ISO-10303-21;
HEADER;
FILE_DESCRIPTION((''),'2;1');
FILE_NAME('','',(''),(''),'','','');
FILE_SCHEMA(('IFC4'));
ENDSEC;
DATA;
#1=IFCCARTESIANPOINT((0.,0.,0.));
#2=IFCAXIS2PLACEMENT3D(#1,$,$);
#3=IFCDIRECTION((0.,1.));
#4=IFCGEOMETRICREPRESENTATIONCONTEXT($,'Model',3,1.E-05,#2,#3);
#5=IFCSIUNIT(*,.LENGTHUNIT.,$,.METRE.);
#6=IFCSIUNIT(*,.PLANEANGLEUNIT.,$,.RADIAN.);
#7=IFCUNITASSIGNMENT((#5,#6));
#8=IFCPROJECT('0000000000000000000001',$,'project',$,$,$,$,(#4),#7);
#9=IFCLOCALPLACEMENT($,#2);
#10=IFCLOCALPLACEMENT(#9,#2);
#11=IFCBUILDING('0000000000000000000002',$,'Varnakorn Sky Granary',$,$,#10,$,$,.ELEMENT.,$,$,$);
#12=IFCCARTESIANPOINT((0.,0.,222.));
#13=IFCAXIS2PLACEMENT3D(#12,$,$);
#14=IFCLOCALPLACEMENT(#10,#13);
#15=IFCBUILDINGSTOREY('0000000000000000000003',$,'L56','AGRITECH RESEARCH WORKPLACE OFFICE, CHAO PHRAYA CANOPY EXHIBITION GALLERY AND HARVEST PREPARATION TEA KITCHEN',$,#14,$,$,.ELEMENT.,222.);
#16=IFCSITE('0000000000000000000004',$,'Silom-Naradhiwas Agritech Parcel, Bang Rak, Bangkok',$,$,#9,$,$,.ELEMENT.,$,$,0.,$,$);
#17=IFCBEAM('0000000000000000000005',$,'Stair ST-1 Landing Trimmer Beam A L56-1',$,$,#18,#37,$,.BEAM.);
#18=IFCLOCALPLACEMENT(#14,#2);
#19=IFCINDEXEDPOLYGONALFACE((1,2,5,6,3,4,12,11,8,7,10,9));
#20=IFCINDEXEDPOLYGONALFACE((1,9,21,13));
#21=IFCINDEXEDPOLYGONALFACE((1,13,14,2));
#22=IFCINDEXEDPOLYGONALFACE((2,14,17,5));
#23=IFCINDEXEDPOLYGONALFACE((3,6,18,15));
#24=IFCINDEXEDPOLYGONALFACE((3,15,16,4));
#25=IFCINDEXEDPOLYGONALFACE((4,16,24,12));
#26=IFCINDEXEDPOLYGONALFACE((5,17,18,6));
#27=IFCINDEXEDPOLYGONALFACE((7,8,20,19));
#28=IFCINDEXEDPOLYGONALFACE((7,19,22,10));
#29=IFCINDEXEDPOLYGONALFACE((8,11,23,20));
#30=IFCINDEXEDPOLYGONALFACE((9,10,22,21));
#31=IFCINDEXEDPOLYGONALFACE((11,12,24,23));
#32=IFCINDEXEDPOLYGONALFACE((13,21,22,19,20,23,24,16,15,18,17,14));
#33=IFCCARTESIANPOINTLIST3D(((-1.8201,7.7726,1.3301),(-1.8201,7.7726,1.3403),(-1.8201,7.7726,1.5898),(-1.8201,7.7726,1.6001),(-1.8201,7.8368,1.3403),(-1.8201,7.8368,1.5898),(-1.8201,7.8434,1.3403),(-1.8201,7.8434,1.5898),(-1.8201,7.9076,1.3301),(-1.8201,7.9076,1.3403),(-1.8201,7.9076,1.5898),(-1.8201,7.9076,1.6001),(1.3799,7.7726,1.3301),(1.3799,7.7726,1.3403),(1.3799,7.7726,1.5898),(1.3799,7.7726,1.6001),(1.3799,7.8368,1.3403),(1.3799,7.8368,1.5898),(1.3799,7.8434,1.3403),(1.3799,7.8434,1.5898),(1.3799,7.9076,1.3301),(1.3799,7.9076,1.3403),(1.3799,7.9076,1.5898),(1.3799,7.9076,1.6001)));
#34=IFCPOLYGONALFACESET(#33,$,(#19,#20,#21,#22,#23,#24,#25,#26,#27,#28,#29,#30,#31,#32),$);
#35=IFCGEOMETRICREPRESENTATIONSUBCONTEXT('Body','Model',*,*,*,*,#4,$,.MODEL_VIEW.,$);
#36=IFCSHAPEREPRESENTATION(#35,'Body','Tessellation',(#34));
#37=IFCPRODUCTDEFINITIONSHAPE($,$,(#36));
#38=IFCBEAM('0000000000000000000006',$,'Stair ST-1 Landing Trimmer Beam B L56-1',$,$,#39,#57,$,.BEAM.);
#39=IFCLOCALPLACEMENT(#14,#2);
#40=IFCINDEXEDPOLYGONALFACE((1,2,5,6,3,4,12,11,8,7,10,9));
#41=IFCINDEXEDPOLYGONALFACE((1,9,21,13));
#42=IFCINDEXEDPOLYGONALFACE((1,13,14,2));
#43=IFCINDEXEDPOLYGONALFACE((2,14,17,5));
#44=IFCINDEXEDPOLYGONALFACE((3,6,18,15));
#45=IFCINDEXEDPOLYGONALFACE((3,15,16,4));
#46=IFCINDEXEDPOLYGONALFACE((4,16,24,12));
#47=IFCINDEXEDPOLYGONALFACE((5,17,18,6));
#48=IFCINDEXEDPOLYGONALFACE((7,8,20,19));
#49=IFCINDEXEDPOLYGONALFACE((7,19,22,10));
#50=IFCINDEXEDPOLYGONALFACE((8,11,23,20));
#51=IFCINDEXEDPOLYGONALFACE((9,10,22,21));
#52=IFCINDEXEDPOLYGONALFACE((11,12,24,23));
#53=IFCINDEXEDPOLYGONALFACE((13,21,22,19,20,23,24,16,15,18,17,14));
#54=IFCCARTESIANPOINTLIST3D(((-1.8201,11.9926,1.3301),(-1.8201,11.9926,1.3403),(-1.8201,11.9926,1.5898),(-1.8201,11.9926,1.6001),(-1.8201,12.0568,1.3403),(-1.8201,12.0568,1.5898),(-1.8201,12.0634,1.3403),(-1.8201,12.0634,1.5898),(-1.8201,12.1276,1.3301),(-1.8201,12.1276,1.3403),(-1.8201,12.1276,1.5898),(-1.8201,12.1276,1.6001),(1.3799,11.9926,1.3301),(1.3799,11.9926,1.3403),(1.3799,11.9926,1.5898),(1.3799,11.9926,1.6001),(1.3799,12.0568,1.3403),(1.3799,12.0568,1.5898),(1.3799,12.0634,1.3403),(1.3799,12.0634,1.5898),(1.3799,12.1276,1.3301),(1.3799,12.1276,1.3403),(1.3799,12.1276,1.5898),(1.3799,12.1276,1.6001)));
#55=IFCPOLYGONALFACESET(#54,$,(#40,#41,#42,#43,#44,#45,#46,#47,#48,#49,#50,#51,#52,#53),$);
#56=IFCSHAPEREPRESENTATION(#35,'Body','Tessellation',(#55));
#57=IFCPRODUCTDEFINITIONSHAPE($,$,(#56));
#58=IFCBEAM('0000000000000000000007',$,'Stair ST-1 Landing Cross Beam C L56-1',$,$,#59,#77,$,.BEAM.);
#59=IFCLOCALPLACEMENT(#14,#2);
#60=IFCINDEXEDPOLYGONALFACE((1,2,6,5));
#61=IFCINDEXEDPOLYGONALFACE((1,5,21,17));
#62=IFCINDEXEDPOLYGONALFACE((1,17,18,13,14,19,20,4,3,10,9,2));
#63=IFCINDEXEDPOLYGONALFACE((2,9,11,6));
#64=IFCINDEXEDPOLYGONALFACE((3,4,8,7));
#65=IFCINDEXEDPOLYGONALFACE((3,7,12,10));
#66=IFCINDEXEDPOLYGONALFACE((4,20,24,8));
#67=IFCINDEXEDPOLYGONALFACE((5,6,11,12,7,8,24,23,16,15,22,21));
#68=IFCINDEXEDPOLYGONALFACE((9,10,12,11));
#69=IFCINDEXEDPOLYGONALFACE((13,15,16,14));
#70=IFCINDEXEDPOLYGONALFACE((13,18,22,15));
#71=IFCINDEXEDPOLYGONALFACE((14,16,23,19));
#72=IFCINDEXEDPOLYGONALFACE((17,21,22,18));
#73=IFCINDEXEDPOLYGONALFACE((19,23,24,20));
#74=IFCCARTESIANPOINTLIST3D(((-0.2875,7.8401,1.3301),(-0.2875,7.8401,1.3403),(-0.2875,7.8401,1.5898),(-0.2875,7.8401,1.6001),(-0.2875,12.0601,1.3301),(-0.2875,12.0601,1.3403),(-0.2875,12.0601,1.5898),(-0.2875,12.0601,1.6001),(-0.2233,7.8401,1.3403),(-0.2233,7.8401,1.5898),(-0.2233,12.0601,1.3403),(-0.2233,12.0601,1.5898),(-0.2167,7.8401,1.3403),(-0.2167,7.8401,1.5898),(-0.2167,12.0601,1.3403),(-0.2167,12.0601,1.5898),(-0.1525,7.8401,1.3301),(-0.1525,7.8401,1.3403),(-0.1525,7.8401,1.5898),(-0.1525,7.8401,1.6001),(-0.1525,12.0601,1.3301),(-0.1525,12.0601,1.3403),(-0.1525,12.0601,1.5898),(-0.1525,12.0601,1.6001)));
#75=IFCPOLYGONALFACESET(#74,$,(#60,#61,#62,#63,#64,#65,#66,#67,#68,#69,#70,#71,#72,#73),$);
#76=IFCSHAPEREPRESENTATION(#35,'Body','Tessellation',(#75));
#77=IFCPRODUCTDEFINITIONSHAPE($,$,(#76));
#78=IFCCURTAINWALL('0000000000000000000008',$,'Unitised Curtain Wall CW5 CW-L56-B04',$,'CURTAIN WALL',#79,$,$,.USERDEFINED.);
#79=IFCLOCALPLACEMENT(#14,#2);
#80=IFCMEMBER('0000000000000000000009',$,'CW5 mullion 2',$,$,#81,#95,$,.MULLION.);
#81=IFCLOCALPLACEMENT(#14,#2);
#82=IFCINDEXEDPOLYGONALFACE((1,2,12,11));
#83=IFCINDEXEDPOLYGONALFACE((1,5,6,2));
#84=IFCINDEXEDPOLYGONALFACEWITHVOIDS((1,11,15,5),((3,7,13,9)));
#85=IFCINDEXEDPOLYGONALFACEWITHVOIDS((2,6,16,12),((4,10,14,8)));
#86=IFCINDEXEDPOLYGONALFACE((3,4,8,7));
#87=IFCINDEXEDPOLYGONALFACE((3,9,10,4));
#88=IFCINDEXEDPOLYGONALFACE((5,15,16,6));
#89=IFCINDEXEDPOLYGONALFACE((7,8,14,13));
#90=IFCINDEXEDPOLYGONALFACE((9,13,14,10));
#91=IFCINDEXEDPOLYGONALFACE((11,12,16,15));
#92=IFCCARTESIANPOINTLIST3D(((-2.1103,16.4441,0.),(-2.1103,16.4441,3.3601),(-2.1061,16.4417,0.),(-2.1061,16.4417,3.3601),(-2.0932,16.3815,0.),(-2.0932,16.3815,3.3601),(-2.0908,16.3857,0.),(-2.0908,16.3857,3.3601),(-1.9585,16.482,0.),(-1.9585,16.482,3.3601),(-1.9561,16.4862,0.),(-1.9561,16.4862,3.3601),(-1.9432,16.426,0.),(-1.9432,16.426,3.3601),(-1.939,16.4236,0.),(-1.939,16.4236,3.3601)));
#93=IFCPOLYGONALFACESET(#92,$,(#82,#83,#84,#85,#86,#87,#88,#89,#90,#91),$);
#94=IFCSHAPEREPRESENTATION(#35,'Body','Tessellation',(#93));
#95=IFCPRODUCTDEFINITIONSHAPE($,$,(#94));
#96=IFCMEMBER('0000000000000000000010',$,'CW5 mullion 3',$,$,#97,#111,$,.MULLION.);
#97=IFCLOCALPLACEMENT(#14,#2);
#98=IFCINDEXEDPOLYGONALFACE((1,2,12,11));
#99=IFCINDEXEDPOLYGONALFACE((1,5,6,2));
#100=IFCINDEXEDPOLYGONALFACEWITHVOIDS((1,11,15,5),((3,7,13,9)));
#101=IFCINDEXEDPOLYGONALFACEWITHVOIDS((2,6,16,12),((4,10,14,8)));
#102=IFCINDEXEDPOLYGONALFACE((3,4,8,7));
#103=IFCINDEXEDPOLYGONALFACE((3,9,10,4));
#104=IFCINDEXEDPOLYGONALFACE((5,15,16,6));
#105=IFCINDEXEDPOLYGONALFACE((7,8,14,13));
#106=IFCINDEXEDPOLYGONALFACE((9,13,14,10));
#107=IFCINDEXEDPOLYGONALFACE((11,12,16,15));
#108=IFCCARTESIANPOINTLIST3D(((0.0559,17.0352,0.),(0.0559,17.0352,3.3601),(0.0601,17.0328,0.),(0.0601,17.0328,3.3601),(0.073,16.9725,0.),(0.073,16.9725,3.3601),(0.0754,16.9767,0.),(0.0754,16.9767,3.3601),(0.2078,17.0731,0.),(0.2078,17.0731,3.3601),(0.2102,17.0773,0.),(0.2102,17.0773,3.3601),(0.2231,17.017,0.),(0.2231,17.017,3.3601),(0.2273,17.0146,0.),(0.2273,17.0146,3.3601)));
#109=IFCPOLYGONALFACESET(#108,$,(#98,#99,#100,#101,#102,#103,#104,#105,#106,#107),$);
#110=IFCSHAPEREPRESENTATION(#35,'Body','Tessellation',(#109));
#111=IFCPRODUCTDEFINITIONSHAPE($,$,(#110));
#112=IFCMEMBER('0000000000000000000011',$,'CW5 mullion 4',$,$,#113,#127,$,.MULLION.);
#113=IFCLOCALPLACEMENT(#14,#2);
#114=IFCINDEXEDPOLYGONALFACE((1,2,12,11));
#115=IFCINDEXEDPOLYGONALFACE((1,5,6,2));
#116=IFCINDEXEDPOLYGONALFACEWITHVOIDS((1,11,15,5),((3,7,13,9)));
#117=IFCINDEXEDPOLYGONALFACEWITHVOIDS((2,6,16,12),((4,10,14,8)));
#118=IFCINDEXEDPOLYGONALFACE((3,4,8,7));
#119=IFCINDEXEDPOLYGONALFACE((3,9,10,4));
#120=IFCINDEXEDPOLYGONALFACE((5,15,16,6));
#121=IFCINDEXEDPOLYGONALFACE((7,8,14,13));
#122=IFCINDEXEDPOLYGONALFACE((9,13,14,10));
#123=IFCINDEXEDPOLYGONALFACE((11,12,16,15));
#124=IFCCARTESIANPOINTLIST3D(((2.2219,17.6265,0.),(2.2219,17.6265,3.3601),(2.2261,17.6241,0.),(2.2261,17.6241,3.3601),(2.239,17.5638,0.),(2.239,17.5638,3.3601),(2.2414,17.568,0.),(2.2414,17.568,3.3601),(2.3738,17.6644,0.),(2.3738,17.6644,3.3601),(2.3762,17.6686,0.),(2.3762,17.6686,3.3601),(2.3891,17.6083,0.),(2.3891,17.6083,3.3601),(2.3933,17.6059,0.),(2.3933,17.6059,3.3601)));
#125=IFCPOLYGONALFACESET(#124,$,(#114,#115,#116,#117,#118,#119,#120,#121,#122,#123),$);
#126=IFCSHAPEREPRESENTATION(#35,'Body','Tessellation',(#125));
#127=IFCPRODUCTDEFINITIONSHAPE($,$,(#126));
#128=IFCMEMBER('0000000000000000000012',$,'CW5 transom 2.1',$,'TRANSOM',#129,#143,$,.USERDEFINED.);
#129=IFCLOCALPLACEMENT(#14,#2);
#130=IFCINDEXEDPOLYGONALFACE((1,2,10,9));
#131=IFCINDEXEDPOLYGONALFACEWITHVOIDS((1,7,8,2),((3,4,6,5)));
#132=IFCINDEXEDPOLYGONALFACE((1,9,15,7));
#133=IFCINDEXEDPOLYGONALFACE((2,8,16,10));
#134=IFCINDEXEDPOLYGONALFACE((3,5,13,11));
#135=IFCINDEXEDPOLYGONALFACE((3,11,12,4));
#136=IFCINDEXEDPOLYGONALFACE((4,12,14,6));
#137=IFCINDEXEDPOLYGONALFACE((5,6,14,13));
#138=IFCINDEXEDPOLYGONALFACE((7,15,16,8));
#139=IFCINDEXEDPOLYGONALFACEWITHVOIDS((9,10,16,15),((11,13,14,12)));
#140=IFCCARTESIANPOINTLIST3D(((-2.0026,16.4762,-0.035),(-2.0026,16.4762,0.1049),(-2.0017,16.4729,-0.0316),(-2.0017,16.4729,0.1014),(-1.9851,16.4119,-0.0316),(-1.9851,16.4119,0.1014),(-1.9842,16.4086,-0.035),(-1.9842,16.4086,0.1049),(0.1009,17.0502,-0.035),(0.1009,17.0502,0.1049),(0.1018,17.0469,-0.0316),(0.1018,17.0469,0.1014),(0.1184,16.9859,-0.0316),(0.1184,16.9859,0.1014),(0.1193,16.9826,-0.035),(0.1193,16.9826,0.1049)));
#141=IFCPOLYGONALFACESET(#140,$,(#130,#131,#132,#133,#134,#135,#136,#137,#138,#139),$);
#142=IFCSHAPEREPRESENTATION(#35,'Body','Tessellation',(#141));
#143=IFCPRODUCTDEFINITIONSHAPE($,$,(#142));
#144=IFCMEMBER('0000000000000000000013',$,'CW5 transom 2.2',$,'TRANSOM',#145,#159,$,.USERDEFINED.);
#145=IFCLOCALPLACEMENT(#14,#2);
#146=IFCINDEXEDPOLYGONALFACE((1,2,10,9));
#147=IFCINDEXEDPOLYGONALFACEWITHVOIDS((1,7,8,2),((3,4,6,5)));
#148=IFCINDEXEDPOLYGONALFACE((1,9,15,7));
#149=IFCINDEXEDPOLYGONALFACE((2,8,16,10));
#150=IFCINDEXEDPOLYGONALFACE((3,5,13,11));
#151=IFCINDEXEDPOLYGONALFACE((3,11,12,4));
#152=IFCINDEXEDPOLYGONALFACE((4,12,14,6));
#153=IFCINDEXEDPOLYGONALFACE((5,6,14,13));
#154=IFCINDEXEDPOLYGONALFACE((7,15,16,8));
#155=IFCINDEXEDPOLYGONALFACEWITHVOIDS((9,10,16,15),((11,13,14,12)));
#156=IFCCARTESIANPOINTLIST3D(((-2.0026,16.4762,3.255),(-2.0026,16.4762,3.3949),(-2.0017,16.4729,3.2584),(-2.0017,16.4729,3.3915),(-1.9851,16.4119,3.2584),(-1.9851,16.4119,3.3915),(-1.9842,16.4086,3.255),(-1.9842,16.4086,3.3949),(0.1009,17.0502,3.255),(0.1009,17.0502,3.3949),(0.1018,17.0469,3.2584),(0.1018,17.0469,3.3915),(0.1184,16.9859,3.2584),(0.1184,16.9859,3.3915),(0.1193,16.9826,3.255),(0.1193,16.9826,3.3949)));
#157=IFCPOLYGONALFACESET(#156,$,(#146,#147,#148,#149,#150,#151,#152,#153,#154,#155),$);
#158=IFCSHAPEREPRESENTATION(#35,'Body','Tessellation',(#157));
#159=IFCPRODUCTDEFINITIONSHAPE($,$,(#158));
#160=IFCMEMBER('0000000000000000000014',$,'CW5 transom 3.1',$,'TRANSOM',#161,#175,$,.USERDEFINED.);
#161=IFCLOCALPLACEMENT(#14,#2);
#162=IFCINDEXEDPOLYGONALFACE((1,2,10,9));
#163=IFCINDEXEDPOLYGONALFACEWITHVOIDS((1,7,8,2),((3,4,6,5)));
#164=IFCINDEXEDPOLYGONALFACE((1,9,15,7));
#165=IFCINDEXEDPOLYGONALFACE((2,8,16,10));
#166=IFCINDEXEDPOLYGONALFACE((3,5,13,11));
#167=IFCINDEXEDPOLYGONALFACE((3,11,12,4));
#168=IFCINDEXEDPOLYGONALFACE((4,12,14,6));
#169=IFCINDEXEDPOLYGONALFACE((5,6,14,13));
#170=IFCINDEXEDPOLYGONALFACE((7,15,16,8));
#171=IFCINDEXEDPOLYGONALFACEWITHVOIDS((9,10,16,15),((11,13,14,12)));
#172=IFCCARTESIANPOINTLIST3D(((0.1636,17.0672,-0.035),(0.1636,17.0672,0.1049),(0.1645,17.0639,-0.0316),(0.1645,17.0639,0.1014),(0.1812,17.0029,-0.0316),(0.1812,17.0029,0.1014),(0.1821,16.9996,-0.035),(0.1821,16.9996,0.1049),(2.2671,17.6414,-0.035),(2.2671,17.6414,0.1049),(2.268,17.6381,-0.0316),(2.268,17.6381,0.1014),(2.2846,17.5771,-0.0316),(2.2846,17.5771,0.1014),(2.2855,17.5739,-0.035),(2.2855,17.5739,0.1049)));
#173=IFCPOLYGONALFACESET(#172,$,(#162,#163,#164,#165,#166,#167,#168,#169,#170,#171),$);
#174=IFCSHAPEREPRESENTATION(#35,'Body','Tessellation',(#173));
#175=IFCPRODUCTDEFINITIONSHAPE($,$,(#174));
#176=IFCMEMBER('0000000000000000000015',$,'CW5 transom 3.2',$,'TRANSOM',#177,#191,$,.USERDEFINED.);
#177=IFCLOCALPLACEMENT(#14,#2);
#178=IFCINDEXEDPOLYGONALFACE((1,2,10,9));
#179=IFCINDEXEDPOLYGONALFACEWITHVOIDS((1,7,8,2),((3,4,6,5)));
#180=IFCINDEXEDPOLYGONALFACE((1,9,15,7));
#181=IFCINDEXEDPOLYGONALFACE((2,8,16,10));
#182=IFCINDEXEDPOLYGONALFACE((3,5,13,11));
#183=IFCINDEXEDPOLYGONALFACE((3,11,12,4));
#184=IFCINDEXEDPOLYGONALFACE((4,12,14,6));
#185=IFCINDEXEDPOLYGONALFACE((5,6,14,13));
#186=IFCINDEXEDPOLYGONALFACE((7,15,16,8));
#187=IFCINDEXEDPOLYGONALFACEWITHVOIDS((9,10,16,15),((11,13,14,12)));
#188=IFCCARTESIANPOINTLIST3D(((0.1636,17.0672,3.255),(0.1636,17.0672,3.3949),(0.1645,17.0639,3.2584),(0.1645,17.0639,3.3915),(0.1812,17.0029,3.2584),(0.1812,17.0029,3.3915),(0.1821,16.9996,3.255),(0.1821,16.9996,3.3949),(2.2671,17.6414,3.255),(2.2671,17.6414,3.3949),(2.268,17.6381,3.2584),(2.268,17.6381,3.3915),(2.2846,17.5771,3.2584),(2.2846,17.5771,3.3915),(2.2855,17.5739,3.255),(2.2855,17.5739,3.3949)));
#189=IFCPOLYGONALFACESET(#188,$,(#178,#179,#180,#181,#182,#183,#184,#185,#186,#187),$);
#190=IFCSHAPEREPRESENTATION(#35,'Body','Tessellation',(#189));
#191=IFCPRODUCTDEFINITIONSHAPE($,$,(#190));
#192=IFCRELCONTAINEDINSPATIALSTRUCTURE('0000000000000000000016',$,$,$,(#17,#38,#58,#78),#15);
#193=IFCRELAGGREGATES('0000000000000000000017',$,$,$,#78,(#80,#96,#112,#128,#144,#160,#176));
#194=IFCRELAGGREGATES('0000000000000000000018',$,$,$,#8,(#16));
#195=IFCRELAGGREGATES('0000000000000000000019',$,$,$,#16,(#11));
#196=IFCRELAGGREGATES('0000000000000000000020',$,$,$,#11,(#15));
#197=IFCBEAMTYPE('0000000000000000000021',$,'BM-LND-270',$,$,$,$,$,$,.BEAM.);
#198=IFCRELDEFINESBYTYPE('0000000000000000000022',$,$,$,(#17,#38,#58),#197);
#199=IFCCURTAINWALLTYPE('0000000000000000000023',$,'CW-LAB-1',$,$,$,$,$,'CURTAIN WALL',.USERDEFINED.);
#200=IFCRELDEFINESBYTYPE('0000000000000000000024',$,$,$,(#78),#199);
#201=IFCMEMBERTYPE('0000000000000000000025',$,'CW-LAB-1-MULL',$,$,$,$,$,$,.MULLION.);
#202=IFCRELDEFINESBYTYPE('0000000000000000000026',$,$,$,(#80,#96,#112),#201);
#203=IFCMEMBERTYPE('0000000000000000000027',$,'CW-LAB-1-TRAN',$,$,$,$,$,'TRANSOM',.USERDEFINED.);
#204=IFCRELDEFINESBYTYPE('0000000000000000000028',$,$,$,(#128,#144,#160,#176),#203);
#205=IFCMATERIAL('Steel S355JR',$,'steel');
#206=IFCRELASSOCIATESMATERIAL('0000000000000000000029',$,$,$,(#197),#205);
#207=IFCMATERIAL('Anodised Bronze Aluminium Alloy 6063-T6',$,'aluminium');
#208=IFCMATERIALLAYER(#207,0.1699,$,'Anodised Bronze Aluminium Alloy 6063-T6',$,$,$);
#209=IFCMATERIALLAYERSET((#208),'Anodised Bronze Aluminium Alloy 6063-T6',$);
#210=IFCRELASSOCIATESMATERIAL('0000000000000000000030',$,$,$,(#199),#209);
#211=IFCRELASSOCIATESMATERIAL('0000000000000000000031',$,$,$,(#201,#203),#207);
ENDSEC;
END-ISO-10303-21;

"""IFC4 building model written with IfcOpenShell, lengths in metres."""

from ifc_helpers import new_model, si_unit, direction, frame, origin, origin_2d, place, context, subcontext, project, spatial, hollow_rectangle, i_section, extrude, material, layer, layer_set, material_profile, profile_set, type_object, element, aggregate, save


model = new_model("IFC4")

# Units and contexts
model_context = context("Model", 3, precision=1e-05, world=origin(), true_north=direction((0.0, 1.0)))
body_context = subcontext(model_context, "Body", "Model", "MODEL_VIEW")
ifc_project = project(units=[si_unit("LENGTHUNIT", "METRE"), si_unit("PLANEANGLEUNIT", "RADIAN")], contexts=[model_context])

# Site, building, storey
site_placement = place(None, origin())
site = spatial("IfcSite", under=ifc_project, at=site_placement, Name="Silom-Naradhiwas Agritech Parcel, Bang Rak, Bangkok", CompositionType="ELEMENT", RefElevation=0.0)
building_placement = place(site_placement, origin())
building = spatial("IfcBuilding", under=site, at=building_placement, Name="Varnakorn Sky Granary", CompositionType="ELEMENT")
storey_placement = place(building_placement, frame((0.0, 0.0, 222.0)))
storey = spatial("IfcBuildingStorey", under=building, at=storey_placement, Name="L56", Description="AGRITECH RESEARCH WORKPLACE OFFICE, CHAO PHRAYA CANOPY EXHIBITION GALLERY AND HARVEST PREPARATION TEA KITCHEN", CompositionType="ELEMENT", Elevation=222.0)

# Beams
ifc_material_1 = material(Name="Steel S355JR", Category="steel")
ifc_material_profile_1 = material_profile(ifc_material_1, i_section(OverallWidth=0.135, OverallDepth=0.27, WebThickness=0.0066, FlangeThickness=0.0103, at=origin_2d()), Name="IPE 270")
ifc_profile_set_1 = profile_set([ifc_material_profile_1], Name="Steel S355JR")
beam_type = type_object("IfcBeamType", Name="BM-LND-270", PredefinedType="BEAM", material=ifc_profile_set_1)
for number, where, z_axis, x_axis, name in (
    (1, (-1.8201, 7.8401, 1.4651), (1.0, 0.0, 0.0), (0.0, 1.0, 0.0), "Stair ST-1 Landing Trimmer Beam A L56-1"),
    (2, (-1.8201, 12.0601, 1.4651), (1.0, 0.0, 0.0), (0.0, 1.0, 0.0), "Stair ST-1 Landing Trimmer Beam B L56-1"),
):
    element("IfcBeam", number, at=place(storey_placement, frame(where, z_axis=z_axis, x_axis=x_axis)), inside=storey, type_object=beam_type, Name=name, PredefinedType="BEAM", context=body_context, shape_type="SweptSolid", body=[
        extrude(i_section(OverallWidth=0.135, OverallDepth=0.27, WebThickness=0.0066, FlangeThickness=0.0103, at=origin_2d()), origin(), (0.0, 0.0, 1.0), 3.2),
    ])
beam_placement = place(storey_placement, frame((-0.22, 7.8401, 1.4651), z_axis=(0.0, 1.0, 0.0), x_axis=(-1.0, 0.0, 0.0)))
element("IfcBeam", 3, at=beam_placement, inside=storey, type_object=beam_type, Name="Stair ST-1 Landing Cross Beam C L56-1", PredefinedType="BEAM", context=body_context, shape_type="SweptSolid", body=[
    extrude(i_section(OverallWidth=0.135, OverallDepth=0.27, WebThickness=0.0066, FlangeThickness=0.0103, at=origin_2d()), origin(), (0.0, 0.0, 1.0), 4.22),
])

# Curtain wall, members
ifc_material_2 = material(Name="Anodised Bronze Aluminium Alloy 6063-T6", Category="aluminium")
ifc_layer_1 = layer(ifc_material_2, 0.1699, Name="Anodised Bronze Aluminium Alloy 6063-T6")
ifc_layer_set_1 = layer_set([ifc_layer_1], Name="Anodised Bronze Aluminium Alloy 6063-T6")
curtain_wall_type = type_object("IfcCurtainWallType", Name="CW-LAB-1", ElementType="CURTAIN WALL", PredefinedType="USERDEFINED", material=ifc_layer_set_1)
curtain_wall_placement = place(storey_placement, origin())
curtain_wall = element("IfcCurtainWall", 4, at=curtain_wall_placement, inside=storey, type_object=curtain_wall_type, Name="Unitised Curtain Wall CW5 CW-L56-B04", ObjectType="CURTAIN WALL", PredefinedType="USERDEFINED")
ifc_material_profile_2 = material_profile(ifc_material_2, hollow_rectangle(XDim=0.0649, YDim=0.1599, WallThickness=0.0034, at=origin_2d()), Name="ALU MULL 65x160")
ifc_profile_set_2 = profile_set([ifc_material_profile_2], Name="Anodised Bronze Aluminium Alloy 6063-T6")
member_type_1 = type_object("IfcMemberType", Name="CW-LAB-1-MULL", PredefinedType="MULLION", material=ifc_profile_set_2)
member_1_placement = place(storey_placement, frame((-2.0247, 16.4338, 0.0), z_axis=(0.0, 0.0, 1.0), x_axis=(-0.263276, 0.964721, 0.0)))
member_1 = element("IfcMember", 5, at=member_1_placement, type_object=member_type_1, Name="CW5 mullion 2", PredefinedType="MULLION", context=body_context, shape_type="SweptSolid", body=[
    extrude(hollow_rectangle(XDim=0.0649, YDim=0.1599, WallThickness=0.0034, at=origin_2d()), origin(), (0.0, 0.0, 1.0), 3.3601),
])
member_2_placement = place(storey_placement, frame((0.1416, 17.0249, 0.0), z_axis=(0.0, 0.0, 1.0), x_axis=(-0.263276, 0.964721, 0.0)))
member_2 = element("IfcMember", 6, at=member_2_placement, type_object=member_type_1, Name="CW5 mullion 3", PredefinedType="MULLION", context=body_context, shape_type="SweptSolid", body=[
    extrude(hollow_rectangle(XDim=0.0649, YDim=0.1599, WallThickness=0.0034, at=origin_2d()), origin(), (0.0, 0.0, 1.0), 3.3601),
])
member_3_placement = place(storey_placement, frame((2.3076, 17.6162, 0.0), z_axis=(0.0, 0.0, 1.0), x_axis=(-0.263276, 0.964721, 0.0)))
member_3 = element("IfcMember", 7, at=member_3_placement, type_object=member_type_1, Name="CW5 mullion 4", PredefinedType="MULLION", context=body_context, shape_type="SweptSolid", body=[
    extrude(hollow_rectangle(XDim=0.0649, YDim=0.1599, WallThickness=0.0034, at=origin_2d()), origin(), (0.0, 0.0, 1.0), 3.3601),
])
ifc_material_profile_3 = material_profile(ifc_material_2, hollow_rectangle(XDim=0.0701, YDim=0.1399, WallThickness=0.0034, at=origin_2d()), Name="ALU TRAN 70x140")
ifc_profile_set_3 = profile_set([ifc_material_profile_3], Name="Anodised Bronze Aluminium Alloy 6063-T6")
member_type_2 = type_object("IfcMemberType", Name="CW-LAB-1-TRAN", ElementType="TRANSOM", PredefinedType="USERDEFINED", material=ifc_profile_set_3)
member_4_placement = place(storey_placement, frame((-1.9934, 16.4424, 0.0349), z_axis=(0.96473, 0.263241, 0.0), x_axis=(-0.263241, 0.96473, 0.0)))
member_4 = element("IfcMember", 8, at=member_4_placement, type_object=member_type_2, Name="CW5 transom 2.1", ObjectType="TRANSOM", PredefinedType="USERDEFINED", context=body_context, shape_type="SweptSolid", body=[
    extrude(hollow_rectangle(XDim=0.0701, YDim=0.1399, WallThickness=0.0034, at=origin_2d()), origin(), (0.0, 0.0, 1.0), 2.1804),
])
member_5_placement = place(storey_placement, frame((-1.9934, 16.4424, 3.325), z_axis=(0.96473, 0.263241, 0.0), x_axis=(-0.263241, 0.96473, 0.0)))
member_5 = element("IfcMember", 9, at=member_5_placement, type_object=member_type_2, Name="CW5 transom 2.2", ObjectType="TRANSOM", PredefinedType="USERDEFINED", context=body_context, shape_type="SweptSolid", body=[
    extrude(hollow_rectangle(XDim=0.0701, YDim=0.1399, WallThickness=0.0034, at=origin_2d()), origin(), (0.0, 0.0, 1.0), 2.1804),
])
member_6_placement = place(storey_placement, frame((0.1729, 17.0334, 0.0349), z_axis=(0.964702, 0.263345, 0.0), x_axis=(-0.263345, 0.964702, 0.0)))
member_6 = element("IfcMember", 10, at=member_6_placement, type_object=member_type_2, Name="CW5 transom 3.1", ObjectType="TRANSOM", PredefinedType="USERDEFINED", context=body_context, shape_type="SweptSolid", body=[
    extrude(hollow_rectangle(XDim=0.0701, YDim=0.1399, WallThickness=0.0034, at=origin_2d()), origin(), (0.0, 0.0, 1.0), 2.1804),
])
member_7_placement = place(storey_placement, frame((0.1729, 17.0334, 3.325), z_axis=(0.964702, 0.263345, 0.0), x_axis=(-0.263345, 0.964702, 0.0)))
member_7 = element("IfcMember", 11, at=member_7_placement, type_object=member_type_2, Name="CW5 transom 3.2", ObjectType="TRANSOM", PredefinedType="USERDEFINED", context=body_context, shape_type="SweptSolid", body=[
    extrude(hollow_rectangle(XDim=0.0701, YDim=0.1399, WallThickness=0.0034, at=origin_2d()), origin(), (0.0, 0.0, 1.0), 2.1804),
])

aggregate(curtain_wall, [member_1, member_2, member_3, member_4, member_5, member_6, member_7])

save(model, "model.ifc")
